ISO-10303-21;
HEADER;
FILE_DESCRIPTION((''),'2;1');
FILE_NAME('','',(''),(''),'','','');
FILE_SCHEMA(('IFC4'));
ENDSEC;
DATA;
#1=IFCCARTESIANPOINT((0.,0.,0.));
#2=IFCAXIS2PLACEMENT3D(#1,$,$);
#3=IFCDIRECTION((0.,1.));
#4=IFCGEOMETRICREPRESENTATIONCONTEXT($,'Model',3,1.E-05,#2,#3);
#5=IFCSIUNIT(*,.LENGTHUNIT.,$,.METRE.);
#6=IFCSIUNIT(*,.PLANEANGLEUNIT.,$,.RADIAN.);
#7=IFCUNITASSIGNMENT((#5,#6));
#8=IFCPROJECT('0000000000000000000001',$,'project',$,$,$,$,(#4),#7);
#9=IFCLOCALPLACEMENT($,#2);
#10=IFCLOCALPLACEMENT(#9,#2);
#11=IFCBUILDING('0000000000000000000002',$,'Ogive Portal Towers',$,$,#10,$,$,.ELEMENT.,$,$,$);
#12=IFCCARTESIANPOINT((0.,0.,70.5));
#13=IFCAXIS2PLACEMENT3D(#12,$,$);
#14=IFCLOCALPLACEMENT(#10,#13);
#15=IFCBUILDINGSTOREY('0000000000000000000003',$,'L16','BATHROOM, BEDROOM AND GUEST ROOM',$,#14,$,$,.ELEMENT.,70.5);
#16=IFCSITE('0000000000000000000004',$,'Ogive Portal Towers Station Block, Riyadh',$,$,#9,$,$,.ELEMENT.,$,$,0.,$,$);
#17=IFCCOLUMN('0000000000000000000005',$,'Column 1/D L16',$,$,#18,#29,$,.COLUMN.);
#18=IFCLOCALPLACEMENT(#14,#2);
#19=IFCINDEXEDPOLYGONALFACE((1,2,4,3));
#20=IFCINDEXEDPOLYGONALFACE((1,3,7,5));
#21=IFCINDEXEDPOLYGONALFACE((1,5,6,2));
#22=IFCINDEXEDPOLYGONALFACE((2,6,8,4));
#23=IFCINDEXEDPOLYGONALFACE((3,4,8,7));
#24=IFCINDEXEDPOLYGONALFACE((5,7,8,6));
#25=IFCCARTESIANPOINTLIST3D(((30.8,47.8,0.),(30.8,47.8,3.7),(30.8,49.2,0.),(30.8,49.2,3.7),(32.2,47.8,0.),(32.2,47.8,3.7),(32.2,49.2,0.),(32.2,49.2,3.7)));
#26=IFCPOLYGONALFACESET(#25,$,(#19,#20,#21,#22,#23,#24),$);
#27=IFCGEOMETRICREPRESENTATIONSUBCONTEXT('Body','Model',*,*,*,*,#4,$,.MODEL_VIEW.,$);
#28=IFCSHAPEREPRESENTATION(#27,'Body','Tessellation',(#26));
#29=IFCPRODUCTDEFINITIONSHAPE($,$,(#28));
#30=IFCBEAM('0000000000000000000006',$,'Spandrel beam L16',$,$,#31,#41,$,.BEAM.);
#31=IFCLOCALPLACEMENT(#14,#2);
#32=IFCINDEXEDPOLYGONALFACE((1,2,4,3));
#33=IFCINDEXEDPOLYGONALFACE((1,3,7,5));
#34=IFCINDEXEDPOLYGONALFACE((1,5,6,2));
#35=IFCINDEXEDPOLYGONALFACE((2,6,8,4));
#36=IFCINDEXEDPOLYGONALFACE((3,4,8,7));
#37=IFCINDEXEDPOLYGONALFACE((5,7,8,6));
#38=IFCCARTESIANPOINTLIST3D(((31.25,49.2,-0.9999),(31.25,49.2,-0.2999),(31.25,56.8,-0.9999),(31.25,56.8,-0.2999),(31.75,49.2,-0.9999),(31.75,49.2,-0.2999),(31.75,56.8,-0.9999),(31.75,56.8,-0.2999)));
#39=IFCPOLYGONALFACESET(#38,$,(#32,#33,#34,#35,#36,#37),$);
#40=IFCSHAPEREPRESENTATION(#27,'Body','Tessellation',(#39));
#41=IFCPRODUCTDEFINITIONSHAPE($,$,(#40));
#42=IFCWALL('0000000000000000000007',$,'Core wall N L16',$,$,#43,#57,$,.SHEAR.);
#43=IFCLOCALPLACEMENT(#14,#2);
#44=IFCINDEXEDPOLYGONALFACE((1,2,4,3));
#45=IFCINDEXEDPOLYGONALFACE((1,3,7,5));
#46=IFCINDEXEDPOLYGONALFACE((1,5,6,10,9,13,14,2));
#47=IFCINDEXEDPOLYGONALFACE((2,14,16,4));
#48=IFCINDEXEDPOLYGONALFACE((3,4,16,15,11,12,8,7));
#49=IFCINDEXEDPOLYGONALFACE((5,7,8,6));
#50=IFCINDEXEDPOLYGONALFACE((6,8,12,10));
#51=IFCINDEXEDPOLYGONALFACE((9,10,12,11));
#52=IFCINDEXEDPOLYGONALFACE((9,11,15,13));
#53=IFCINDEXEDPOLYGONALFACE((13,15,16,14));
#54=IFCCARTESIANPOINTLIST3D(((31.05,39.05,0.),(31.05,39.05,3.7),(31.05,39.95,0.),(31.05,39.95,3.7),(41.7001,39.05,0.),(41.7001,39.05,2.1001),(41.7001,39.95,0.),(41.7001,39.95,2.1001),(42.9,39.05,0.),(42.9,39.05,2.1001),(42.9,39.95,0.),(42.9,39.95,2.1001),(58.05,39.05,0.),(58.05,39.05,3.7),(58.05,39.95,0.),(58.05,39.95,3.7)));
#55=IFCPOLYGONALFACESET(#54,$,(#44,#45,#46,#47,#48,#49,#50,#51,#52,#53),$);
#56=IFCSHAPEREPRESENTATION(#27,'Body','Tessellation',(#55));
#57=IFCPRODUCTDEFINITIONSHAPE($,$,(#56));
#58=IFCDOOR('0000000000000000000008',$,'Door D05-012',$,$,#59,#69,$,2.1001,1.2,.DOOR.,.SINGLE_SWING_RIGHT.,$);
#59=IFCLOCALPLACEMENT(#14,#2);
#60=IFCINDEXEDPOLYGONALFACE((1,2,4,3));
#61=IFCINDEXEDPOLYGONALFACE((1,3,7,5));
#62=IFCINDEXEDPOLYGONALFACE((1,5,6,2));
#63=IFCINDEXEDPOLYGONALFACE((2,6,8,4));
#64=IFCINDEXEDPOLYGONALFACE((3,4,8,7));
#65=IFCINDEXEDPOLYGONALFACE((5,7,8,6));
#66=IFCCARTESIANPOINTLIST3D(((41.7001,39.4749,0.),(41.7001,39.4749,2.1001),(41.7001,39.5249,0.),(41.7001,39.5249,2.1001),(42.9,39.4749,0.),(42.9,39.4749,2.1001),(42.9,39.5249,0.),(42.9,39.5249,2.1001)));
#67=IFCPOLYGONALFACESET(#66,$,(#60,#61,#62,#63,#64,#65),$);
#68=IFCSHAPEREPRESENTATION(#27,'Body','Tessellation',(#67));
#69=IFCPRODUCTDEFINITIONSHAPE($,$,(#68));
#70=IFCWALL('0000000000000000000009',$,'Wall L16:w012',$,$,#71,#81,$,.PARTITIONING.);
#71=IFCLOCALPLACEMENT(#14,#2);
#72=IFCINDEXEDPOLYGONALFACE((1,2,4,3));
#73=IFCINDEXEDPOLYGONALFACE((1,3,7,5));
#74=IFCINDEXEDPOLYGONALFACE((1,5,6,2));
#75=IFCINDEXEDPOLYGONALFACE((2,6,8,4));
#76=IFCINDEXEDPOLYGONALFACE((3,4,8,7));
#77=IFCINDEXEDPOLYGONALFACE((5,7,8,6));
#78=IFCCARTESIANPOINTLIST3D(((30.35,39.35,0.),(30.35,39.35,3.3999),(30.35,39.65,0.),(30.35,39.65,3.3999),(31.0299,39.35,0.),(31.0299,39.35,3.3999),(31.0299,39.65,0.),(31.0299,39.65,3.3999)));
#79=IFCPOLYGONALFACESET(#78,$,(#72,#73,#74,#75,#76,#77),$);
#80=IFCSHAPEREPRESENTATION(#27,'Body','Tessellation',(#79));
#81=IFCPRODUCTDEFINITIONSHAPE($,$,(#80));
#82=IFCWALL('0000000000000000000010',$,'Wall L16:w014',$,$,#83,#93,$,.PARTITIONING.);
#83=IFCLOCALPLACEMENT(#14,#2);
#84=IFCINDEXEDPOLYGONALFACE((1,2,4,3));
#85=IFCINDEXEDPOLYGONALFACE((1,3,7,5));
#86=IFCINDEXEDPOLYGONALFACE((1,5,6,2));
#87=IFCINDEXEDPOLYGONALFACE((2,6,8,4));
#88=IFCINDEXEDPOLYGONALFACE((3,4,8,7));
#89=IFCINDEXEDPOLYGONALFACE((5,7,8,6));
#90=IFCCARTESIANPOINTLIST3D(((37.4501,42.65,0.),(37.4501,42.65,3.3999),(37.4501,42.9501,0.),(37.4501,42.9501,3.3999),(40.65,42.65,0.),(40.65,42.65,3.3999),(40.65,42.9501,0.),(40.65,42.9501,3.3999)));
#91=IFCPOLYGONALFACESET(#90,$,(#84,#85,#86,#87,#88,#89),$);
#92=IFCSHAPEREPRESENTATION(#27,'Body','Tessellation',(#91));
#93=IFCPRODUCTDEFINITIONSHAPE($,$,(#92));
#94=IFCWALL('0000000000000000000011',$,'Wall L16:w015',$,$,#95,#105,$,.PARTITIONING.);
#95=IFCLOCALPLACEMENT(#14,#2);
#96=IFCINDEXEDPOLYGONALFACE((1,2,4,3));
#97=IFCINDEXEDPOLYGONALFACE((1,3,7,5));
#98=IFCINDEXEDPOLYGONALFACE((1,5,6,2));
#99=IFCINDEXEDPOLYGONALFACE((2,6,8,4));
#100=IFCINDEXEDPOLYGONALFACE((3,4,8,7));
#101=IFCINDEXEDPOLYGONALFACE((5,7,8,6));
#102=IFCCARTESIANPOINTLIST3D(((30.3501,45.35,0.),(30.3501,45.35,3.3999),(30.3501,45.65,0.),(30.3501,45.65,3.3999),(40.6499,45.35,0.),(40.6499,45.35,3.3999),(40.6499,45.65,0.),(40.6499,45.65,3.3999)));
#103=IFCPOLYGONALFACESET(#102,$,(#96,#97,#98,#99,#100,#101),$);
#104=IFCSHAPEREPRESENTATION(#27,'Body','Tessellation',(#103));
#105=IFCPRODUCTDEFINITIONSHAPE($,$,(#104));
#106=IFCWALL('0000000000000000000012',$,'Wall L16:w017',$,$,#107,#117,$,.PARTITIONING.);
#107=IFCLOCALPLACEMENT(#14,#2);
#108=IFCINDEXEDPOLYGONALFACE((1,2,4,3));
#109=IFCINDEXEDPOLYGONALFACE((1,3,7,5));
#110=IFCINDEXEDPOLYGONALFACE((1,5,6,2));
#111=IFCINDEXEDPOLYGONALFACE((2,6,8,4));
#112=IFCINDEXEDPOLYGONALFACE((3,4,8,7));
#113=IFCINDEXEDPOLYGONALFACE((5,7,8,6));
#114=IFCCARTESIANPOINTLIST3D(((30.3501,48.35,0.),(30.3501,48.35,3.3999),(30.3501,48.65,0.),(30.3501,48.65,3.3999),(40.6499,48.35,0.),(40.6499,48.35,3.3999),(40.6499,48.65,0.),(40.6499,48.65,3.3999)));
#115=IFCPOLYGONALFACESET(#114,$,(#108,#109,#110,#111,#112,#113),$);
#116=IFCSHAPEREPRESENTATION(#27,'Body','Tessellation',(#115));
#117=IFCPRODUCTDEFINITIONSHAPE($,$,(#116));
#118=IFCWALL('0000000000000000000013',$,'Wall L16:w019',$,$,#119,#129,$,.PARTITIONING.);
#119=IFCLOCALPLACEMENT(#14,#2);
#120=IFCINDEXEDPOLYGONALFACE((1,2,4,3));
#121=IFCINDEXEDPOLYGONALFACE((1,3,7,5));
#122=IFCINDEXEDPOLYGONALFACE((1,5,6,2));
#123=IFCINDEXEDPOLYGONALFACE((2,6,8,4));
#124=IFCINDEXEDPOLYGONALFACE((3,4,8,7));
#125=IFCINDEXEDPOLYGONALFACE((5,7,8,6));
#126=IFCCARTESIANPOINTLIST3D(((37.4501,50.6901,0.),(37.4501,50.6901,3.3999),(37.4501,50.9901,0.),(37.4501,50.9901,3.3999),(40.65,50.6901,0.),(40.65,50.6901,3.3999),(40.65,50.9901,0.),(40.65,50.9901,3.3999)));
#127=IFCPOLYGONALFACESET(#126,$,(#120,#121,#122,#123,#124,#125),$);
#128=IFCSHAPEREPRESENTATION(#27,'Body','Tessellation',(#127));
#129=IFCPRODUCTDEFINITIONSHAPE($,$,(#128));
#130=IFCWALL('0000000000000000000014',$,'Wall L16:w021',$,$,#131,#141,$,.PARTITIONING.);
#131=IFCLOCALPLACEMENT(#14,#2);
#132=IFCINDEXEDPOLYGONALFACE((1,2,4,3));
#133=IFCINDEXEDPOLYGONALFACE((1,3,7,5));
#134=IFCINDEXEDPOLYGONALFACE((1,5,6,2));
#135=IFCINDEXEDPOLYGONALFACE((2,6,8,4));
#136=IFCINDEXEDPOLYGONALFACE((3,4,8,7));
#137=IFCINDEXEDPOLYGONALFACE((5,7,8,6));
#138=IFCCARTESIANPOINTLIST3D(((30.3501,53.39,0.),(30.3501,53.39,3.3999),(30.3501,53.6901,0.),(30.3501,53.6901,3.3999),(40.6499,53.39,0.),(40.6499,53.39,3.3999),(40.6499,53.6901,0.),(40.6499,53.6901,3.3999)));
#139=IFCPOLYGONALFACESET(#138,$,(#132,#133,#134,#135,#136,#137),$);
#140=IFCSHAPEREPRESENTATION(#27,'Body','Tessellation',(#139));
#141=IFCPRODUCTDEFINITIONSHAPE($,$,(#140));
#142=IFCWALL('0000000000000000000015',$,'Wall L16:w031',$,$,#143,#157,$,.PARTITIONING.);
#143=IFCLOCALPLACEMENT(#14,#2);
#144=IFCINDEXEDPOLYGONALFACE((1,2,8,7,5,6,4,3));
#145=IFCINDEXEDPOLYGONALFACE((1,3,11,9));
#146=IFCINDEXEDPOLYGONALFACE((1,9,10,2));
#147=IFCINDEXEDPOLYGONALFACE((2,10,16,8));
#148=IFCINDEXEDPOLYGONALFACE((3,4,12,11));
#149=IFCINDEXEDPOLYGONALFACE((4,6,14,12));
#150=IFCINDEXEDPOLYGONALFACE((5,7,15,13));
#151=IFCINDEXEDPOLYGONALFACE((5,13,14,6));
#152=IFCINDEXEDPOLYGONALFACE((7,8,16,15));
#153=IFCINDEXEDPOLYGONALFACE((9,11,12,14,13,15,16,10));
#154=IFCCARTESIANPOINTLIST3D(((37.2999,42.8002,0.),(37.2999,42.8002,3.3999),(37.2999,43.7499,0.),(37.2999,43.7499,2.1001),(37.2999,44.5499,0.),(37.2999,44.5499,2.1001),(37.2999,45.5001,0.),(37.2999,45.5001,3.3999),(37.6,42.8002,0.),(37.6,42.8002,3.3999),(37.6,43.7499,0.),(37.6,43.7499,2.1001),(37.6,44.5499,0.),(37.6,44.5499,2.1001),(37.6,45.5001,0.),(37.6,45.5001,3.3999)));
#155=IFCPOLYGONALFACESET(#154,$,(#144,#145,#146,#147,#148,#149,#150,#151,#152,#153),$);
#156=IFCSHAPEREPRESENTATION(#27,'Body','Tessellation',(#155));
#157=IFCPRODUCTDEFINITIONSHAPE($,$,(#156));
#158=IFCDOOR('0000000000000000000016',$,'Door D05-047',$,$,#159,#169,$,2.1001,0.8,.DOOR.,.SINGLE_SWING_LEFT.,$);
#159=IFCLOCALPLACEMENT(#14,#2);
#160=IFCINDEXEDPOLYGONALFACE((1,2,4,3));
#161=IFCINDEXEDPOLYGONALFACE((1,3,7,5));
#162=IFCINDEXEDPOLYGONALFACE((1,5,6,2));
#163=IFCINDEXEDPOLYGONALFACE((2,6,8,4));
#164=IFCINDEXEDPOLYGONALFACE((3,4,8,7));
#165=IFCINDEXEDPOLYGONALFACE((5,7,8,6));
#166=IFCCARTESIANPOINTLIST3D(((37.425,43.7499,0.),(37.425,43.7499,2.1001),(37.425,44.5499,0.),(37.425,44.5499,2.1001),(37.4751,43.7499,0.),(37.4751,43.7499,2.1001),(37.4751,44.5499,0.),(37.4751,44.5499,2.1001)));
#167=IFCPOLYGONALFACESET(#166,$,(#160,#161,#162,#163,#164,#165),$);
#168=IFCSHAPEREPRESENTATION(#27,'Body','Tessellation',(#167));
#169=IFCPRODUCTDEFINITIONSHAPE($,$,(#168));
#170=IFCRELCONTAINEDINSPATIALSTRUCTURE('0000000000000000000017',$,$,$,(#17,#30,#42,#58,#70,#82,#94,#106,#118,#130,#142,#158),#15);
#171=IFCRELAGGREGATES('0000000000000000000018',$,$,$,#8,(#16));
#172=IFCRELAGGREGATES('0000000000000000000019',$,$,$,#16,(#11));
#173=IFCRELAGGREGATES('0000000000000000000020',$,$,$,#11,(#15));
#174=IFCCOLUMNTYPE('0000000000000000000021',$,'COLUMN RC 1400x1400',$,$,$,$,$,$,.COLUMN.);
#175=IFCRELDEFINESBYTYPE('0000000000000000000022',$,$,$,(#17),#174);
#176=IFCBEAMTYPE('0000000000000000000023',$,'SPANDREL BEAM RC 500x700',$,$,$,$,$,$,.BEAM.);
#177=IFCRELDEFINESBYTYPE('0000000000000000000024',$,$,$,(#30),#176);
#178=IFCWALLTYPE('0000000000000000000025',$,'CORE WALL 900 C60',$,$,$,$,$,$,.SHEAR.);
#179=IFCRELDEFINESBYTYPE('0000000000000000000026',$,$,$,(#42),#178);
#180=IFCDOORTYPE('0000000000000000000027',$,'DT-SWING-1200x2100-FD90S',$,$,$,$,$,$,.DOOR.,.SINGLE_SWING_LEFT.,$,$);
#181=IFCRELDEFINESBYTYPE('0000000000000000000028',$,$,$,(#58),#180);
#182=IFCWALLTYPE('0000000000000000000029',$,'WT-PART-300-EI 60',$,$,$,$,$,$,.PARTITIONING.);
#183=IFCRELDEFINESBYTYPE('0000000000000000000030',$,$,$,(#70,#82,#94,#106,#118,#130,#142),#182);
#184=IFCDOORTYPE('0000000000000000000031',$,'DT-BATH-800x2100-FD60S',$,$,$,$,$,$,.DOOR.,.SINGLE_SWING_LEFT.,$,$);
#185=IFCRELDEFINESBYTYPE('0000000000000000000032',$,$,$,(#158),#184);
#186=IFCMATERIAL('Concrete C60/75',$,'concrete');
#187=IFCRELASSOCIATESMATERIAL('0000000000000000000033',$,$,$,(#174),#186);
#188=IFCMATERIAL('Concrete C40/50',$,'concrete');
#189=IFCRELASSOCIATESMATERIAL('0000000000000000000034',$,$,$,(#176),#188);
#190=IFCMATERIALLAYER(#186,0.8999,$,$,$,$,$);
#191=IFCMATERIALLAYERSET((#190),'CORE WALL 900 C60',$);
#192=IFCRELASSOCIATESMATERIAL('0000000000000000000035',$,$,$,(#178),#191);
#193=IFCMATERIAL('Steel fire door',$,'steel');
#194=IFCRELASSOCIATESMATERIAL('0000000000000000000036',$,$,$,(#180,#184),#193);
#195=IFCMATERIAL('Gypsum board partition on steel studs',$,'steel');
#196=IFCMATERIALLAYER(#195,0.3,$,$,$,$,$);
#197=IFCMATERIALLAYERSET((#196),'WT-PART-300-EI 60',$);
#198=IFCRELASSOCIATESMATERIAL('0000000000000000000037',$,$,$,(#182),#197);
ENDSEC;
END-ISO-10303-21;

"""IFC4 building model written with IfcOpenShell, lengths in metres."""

from ifc_helpers import new_model, si_unit, direction, frame, frame_2d, origin, origin_2d, place, context, subcontext, project, spatial, rectangle, extrude, material, layer, layer_set, material_profile, profile_set, type_object, element, fill, save


model = new_model("IFC4")

# Units and contexts
model_context = context("Model", 3, precision=1e-05, world=origin(), true_north=direction((0.0, 1.0)))
body_context = subcontext(model_context, "Body", "Model", "MODEL_VIEW")
ifc_project = project(units=[si_unit("LENGTHUNIT", "METRE"), si_unit("PLANEANGLEUNIT", "RADIAN")], contexts=[model_context])

# Site, building, storey
site_placement = place(None, origin())
site = spatial("IfcSite", under=ifc_project, at=site_placement, Name="Ogive Portal Towers Station Block, Riyadh", CompositionType="ELEMENT", RefElevation=0.0)
building_placement = place(site_placement, origin())
building = spatial("IfcBuilding", under=site, at=building_placement, Name="Ogive Portal Towers", CompositionType="ELEMENT")
storey_placement = place(building_placement, frame((0.0, 0.0, 70.5)))
storey = spatial("IfcBuildingStorey", under=building, at=storey_placement, Name="L16", Description="BATHROOM, BEDROOM AND GUEST ROOM", CompositionType="ELEMENT", Elevation=70.5)

# Column
ifc_material_1 = material(Name="Concrete C60/75", Category="concrete")
ifc_material_profile_1 = material_profile(ifc_material_1, rectangle(XDim=1.3999, YDim=1.3999, at=origin_2d()), Name="RC 1400x1400")
ifc_profile_set_1 = profile_set([ifc_material_profile_1], Name="Concrete C60/75")
column_type = type_object("IfcColumnType", Name="COLUMN RC 1400x1400", PredefinedType="COLUMN", material=ifc_profile_set_1)
column_placement = place(storey_placement, frame((31.5, 48.5, 0.0), z_axis=(0.0, 0.0, 1.0), x_axis=(1.0, 0.0, 0.0)))
element("IfcColumn", 1, at=column_placement, inside=storey, type_object=column_type, Name="Column 1/D L16", PredefinedType="COLUMN", context=body_context, shape_type="SweptSolid", body=[
    extrude(rectangle(XDim=1.3999, YDim=1.3999, at=origin_2d()), origin(), (0.0, 0.0, 1.0), 3.7),
])

# Beam
ifc_material_2 = material(Name="Concrete C40/50", Category="concrete")
ifc_material_profile_2 = material_profile(ifc_material_2, rectangle(XDim=0.5, YDim=0.7, at=origin_2d()), Name="RC 500x700")
ifc_profile_set_2 = profile_set([ifc_material_profile_2], Name="Concrete C40/50")
beam_type = type_object("IfcBeamType", Name="SPANDREL BEAM RC 500x700", PredefinedType="BEAM", material=ifc_profile_set_2)
beam_placement = place(storey_placement, frame((31.5, 49.2, -0.6499), z_axis=(0.0, 1.0, 0.0), x_axis=(-1.0, 0.0, 0.0)))
element("IfcBeam", 2, at=beam_placement, inside=storey, type_object=beam_type, Name="Spandrel beam L16", PredefinedType="BEAM", context=body_context, shape_type="SweptSolid", body=[
    extrude(rectangle(XDim=0.5, YDim=0.7, at=origin_2d()), origin(), (0.0, 0.0, 1.0), 7.6001),
])

# Wall, opening, door
ifc_layer_1 = layer(ifc_material_1, 0.8999)
ifc_layer_set_1 = layer_set([ifc_layer_1], Name="CORE WALL 900 C60")
wall_type_1 = type_object("IfcWallType", Name="CORE WALL 900 C60", PredefinedType="SHEAR", material=ifc_layer_set_1)
wall_1_placement = place(storey_placement, frame((31.05, 39.5, 0.0), z_axis=(0.0, 0.0, 1.0), x_axis=(1.0, 0.0, 0.0)))
wall_1 = element("IfcWall", 3, at=wall_1_placement, inside=storey, type_object=wall_type_1, Name="Core wall N L16", PredefinedType="SHEAR", context=body_context, shape_type="SweptSolid", body=[
    extrude(rectangle(XDim=27.0, YDim=0.8999, at=frame_2d((13.5, 0.0))), origin(), (0.0, 0.0, 1.0), 3.7),
])
opening_1_placement = place(wall_1_placement, frame((10.6499, 0.0, 0.0)))
opening_1 = element("IfcOpeningElement", 4, at=opening_1_placement, cuts=wall_1, PredefinedType="OPENING", context=body_context, shape_type="SweptSolid", body=[
    extrude(rectangle(XDim=1.2, YDim=2.1001, at=frame_2d((0.6001, 1.05))), frame((0.0, 0.46, 0.0), z_axis=(0.0, -1.0, 0.0), x_axis=(1.0, 0.0, 0.0)), (0.0, 0.0, 1.0), 0.9199),
])
ifc_material_3 = material(Name="Steel fire door", Category="steel")
door_type_1 = type_object("IfcDoorType", Name="DT-SWING-1200x2100-FD90S", OperationType="SINGLE_SWING_LEFT", PredefinedType="DOOR", material=ifc_material_3)
door_1_placement = place(opening_1_placement, origin())
door_1 = element("IfcDoor", 5, at=door_1_placement, inside=storey, type_object=door_type_1, Name="Door D05-012", OperationType="SINGLE_SWING_RIGHT", OverallHeight=2.1001, OverallWidth=1.2, PredefinedType="DOOR", context=body_context, shape_type="SweptSolid", body=[
    extrude(rectangle(XDim=1.2, YDim=2.1001, at=frame_2d((0.6001, 1.05))), frame((0.0, 0.0249, 0.0), z_axis=(0.0, -1.0, 0.0), x_axis=(1.0, 0.0, 0.0)), (0.0, 0.0, 1.0), 0.05),
])
fill(opening_1, door_1)

# Walls
ifc_material_4 = material(Name="Gypsum board partition on steel studs", Category="steel")
ifc_layer_2 = layer(ifc_material_4, 0.3)
ifc_layer_set_2 = layer_set([ifc_layer_2], Name="WT-PART-300-EI 60")
wall_type_2 = type_object("IfcWallType", Name="WT-PART-300-EI 60", PredefinedType="PARTITIONING", material=ifc_layer_set_2)
wall_2_placement = place(storey_placement, frame((30.3501, 39.5, 0.0), z_axis=(0.0, 0.0, 1.0), x_axis=(1.0, 0.0, 0.0)))
element("IfcWall", 6, at=wall_2_placement, inside=storey, type_object=wall_type_2, Name="Wall L16:w012", PredefinedType="PARTITIONING", context=body_context, shape_type="SweptSolid", body=[
    extrude(rectangle(XDim=0.6799, YDim=0.3, at=frame_2d((0.3398, 0.0))), origin(), (0.0, 0.0, 1.0), 3.3999),
])
wall_3_placement = place(storey_placement, frame((37.45, 42.8, 0.0), z_axis=(0.0, 0.0, 1.0), x_axis=(1.0, 0.0, 0.0)))
element("IfcWall", 7, at=wall_3_placement, inside=storey, type_object=wall_type_2, Name="Wall L16:w014", PredefinedType="PARTITIONING", context=body_context, shape_type="SweptSolid", body=[
    extrude(rectangle(XDim=3.2, YDim=0.3, at=frame_2d((1.6001, 0.0))), origin(), (0.0, 0.0, 1.0), 3.3999),
])
for number, where, z_axis, x_axis, name in (
    (8, (30.3501, 45.5, 0.0), (0.0, 0.0, 1.0), (1.0, 0.0, 0.0), "Wall L16:w015"),
    (9, (30.3501, 48.5, 0.0), (0.0, 0.0, 1.0), (1.0, 0.0, 0.0), "Wall L16:w017"),
):
    element("IfcWall", number, at=place(storey_placement, frame(where, z_axis=z_axis, x_axis=x_axis)), inside=storey, type_object=wall_type_2, Name=name, PredefinedType="PARTITIONING", context=body_context, shape_type="SweptSolid", body=[
        extrude(rectangle(XDim=10.2998, YDim=0.3, at=frame_2d((5.1499, 0.0))), origin(), (0.0, 0.0, 1.0), 3.3999),
    ])
wall_4_placement = place(storey_placement, frame((37.45, 50.8401, 0.0), z_axis=(0.0, 0.0, 1.0), x_axis=(1.0, 0.0, 0.0)))
element("IfcWall", 10, at=wall_4_placement, inside=storey, type_object=wall_type_2, Name="Wall L16:w019", PredefinedType="PARTITIONING", context=body_context, shape_type="SweptSolid", body=[
    extrude(rectangle(XDim=3.2, YDim=0.3, at=frame_2d((1.6001, 0.0))), origin(), (0.0, 0.0, 1.0), 3.3999),
])
wall_5_placement = place(storey_placement, frame((30.3501, 53.54, 0.0), z_axis=(0.0, 0.0, 1.0), x_axis=(1.0, 0.0, 0.0)))
element("IfcWall", 11, at=wall_5_placement, inside=storey, type_object=wall_type_2, Name="Wall L16:w021", PredefinedType="PARTITIONING", context=body_context, shape_type="SweptSolid", body=[
    extrude(rectangle(XDim=10.2998, YDim=0.3, at=frame_2d((5.1499, 0.0))), origin(), (0.0, 0.0, 1.0), 3.3999),
])

# Wall, opening, door
wall_6_placement = place(storey_placement, frame((37.45, 42.8, 0.0), z_axis=(0.0, 0.0, 1.0), x_axis=(0.0, 1.0, 0.0)))
wall_6 = element("IfcWall", 12, at=wall_6_placement, inside=storey, type_object=wall_type_2, Name="Wall L16:w031", PredefinedType="PARTITIONING", context=body_context, shape_type="SweptSolid", body=[
    extrude(rectangle(XDim=2.7, YDim=0.3, at=frame_2d((1.3501, 0.0))), origin(), (0.0, 0.0, 1.0), 3.3999),
])
opening_2_placement = place(wall_6_placement, frame((0.95, 0.0, 0.0)))
opening_2 = element("IfcOpeningElement", 13, at=opening_2_placement, cuts=wall_6, PredefinedType="OPENING", context=body_context, shape_type="SweptSolid", body=[
    extrude(rectangle(XDim=0.8, YDim=2.1001, at=frame_2d((0.3999, 1.05))), frame((0.0, 0.1602, 0.0), z_axis=(0.0, -1.0, 0.0), x_axis=(1.0, 0.0, 0.0)), (0.0, 0.0, 1.0), 0.3201),
])
door_type_2 = type_object("IfcDoorType", Name="DT-BATH-800x2100-FD60S", OperationType="SINGLE_SWING_LEFT", PredefinedType="DOOR", material=ifc_material_3)
door_2_placement = place(opening_2_placement, origin())
door_2 = element("IfcDoor", 14, at=door_2_placement, inside=storey, type_object=door_type_2, Name="Door D05-047", OperationType="SINGLE_SWING_LEFT", OverallHeight=2.1001, OverallWidth=0.8, PredefinedType="DOOR", context=body_context, shape_type="SweptSolid", body=[
    extrude(rectangle(XDim=0.8, YDim=2.1001, at=frame_2d((0.3999, 1.05))), frame((0.0, 0.0249, 0.0), z_axis=(0.0, -1.0, 0.0), x_axis=(1.0, 0.0, 0.0)), (0.0, 0.0, 1.0), 0.05),
])
fill(opening_2, door_2)

save(model, "model.ifc")
